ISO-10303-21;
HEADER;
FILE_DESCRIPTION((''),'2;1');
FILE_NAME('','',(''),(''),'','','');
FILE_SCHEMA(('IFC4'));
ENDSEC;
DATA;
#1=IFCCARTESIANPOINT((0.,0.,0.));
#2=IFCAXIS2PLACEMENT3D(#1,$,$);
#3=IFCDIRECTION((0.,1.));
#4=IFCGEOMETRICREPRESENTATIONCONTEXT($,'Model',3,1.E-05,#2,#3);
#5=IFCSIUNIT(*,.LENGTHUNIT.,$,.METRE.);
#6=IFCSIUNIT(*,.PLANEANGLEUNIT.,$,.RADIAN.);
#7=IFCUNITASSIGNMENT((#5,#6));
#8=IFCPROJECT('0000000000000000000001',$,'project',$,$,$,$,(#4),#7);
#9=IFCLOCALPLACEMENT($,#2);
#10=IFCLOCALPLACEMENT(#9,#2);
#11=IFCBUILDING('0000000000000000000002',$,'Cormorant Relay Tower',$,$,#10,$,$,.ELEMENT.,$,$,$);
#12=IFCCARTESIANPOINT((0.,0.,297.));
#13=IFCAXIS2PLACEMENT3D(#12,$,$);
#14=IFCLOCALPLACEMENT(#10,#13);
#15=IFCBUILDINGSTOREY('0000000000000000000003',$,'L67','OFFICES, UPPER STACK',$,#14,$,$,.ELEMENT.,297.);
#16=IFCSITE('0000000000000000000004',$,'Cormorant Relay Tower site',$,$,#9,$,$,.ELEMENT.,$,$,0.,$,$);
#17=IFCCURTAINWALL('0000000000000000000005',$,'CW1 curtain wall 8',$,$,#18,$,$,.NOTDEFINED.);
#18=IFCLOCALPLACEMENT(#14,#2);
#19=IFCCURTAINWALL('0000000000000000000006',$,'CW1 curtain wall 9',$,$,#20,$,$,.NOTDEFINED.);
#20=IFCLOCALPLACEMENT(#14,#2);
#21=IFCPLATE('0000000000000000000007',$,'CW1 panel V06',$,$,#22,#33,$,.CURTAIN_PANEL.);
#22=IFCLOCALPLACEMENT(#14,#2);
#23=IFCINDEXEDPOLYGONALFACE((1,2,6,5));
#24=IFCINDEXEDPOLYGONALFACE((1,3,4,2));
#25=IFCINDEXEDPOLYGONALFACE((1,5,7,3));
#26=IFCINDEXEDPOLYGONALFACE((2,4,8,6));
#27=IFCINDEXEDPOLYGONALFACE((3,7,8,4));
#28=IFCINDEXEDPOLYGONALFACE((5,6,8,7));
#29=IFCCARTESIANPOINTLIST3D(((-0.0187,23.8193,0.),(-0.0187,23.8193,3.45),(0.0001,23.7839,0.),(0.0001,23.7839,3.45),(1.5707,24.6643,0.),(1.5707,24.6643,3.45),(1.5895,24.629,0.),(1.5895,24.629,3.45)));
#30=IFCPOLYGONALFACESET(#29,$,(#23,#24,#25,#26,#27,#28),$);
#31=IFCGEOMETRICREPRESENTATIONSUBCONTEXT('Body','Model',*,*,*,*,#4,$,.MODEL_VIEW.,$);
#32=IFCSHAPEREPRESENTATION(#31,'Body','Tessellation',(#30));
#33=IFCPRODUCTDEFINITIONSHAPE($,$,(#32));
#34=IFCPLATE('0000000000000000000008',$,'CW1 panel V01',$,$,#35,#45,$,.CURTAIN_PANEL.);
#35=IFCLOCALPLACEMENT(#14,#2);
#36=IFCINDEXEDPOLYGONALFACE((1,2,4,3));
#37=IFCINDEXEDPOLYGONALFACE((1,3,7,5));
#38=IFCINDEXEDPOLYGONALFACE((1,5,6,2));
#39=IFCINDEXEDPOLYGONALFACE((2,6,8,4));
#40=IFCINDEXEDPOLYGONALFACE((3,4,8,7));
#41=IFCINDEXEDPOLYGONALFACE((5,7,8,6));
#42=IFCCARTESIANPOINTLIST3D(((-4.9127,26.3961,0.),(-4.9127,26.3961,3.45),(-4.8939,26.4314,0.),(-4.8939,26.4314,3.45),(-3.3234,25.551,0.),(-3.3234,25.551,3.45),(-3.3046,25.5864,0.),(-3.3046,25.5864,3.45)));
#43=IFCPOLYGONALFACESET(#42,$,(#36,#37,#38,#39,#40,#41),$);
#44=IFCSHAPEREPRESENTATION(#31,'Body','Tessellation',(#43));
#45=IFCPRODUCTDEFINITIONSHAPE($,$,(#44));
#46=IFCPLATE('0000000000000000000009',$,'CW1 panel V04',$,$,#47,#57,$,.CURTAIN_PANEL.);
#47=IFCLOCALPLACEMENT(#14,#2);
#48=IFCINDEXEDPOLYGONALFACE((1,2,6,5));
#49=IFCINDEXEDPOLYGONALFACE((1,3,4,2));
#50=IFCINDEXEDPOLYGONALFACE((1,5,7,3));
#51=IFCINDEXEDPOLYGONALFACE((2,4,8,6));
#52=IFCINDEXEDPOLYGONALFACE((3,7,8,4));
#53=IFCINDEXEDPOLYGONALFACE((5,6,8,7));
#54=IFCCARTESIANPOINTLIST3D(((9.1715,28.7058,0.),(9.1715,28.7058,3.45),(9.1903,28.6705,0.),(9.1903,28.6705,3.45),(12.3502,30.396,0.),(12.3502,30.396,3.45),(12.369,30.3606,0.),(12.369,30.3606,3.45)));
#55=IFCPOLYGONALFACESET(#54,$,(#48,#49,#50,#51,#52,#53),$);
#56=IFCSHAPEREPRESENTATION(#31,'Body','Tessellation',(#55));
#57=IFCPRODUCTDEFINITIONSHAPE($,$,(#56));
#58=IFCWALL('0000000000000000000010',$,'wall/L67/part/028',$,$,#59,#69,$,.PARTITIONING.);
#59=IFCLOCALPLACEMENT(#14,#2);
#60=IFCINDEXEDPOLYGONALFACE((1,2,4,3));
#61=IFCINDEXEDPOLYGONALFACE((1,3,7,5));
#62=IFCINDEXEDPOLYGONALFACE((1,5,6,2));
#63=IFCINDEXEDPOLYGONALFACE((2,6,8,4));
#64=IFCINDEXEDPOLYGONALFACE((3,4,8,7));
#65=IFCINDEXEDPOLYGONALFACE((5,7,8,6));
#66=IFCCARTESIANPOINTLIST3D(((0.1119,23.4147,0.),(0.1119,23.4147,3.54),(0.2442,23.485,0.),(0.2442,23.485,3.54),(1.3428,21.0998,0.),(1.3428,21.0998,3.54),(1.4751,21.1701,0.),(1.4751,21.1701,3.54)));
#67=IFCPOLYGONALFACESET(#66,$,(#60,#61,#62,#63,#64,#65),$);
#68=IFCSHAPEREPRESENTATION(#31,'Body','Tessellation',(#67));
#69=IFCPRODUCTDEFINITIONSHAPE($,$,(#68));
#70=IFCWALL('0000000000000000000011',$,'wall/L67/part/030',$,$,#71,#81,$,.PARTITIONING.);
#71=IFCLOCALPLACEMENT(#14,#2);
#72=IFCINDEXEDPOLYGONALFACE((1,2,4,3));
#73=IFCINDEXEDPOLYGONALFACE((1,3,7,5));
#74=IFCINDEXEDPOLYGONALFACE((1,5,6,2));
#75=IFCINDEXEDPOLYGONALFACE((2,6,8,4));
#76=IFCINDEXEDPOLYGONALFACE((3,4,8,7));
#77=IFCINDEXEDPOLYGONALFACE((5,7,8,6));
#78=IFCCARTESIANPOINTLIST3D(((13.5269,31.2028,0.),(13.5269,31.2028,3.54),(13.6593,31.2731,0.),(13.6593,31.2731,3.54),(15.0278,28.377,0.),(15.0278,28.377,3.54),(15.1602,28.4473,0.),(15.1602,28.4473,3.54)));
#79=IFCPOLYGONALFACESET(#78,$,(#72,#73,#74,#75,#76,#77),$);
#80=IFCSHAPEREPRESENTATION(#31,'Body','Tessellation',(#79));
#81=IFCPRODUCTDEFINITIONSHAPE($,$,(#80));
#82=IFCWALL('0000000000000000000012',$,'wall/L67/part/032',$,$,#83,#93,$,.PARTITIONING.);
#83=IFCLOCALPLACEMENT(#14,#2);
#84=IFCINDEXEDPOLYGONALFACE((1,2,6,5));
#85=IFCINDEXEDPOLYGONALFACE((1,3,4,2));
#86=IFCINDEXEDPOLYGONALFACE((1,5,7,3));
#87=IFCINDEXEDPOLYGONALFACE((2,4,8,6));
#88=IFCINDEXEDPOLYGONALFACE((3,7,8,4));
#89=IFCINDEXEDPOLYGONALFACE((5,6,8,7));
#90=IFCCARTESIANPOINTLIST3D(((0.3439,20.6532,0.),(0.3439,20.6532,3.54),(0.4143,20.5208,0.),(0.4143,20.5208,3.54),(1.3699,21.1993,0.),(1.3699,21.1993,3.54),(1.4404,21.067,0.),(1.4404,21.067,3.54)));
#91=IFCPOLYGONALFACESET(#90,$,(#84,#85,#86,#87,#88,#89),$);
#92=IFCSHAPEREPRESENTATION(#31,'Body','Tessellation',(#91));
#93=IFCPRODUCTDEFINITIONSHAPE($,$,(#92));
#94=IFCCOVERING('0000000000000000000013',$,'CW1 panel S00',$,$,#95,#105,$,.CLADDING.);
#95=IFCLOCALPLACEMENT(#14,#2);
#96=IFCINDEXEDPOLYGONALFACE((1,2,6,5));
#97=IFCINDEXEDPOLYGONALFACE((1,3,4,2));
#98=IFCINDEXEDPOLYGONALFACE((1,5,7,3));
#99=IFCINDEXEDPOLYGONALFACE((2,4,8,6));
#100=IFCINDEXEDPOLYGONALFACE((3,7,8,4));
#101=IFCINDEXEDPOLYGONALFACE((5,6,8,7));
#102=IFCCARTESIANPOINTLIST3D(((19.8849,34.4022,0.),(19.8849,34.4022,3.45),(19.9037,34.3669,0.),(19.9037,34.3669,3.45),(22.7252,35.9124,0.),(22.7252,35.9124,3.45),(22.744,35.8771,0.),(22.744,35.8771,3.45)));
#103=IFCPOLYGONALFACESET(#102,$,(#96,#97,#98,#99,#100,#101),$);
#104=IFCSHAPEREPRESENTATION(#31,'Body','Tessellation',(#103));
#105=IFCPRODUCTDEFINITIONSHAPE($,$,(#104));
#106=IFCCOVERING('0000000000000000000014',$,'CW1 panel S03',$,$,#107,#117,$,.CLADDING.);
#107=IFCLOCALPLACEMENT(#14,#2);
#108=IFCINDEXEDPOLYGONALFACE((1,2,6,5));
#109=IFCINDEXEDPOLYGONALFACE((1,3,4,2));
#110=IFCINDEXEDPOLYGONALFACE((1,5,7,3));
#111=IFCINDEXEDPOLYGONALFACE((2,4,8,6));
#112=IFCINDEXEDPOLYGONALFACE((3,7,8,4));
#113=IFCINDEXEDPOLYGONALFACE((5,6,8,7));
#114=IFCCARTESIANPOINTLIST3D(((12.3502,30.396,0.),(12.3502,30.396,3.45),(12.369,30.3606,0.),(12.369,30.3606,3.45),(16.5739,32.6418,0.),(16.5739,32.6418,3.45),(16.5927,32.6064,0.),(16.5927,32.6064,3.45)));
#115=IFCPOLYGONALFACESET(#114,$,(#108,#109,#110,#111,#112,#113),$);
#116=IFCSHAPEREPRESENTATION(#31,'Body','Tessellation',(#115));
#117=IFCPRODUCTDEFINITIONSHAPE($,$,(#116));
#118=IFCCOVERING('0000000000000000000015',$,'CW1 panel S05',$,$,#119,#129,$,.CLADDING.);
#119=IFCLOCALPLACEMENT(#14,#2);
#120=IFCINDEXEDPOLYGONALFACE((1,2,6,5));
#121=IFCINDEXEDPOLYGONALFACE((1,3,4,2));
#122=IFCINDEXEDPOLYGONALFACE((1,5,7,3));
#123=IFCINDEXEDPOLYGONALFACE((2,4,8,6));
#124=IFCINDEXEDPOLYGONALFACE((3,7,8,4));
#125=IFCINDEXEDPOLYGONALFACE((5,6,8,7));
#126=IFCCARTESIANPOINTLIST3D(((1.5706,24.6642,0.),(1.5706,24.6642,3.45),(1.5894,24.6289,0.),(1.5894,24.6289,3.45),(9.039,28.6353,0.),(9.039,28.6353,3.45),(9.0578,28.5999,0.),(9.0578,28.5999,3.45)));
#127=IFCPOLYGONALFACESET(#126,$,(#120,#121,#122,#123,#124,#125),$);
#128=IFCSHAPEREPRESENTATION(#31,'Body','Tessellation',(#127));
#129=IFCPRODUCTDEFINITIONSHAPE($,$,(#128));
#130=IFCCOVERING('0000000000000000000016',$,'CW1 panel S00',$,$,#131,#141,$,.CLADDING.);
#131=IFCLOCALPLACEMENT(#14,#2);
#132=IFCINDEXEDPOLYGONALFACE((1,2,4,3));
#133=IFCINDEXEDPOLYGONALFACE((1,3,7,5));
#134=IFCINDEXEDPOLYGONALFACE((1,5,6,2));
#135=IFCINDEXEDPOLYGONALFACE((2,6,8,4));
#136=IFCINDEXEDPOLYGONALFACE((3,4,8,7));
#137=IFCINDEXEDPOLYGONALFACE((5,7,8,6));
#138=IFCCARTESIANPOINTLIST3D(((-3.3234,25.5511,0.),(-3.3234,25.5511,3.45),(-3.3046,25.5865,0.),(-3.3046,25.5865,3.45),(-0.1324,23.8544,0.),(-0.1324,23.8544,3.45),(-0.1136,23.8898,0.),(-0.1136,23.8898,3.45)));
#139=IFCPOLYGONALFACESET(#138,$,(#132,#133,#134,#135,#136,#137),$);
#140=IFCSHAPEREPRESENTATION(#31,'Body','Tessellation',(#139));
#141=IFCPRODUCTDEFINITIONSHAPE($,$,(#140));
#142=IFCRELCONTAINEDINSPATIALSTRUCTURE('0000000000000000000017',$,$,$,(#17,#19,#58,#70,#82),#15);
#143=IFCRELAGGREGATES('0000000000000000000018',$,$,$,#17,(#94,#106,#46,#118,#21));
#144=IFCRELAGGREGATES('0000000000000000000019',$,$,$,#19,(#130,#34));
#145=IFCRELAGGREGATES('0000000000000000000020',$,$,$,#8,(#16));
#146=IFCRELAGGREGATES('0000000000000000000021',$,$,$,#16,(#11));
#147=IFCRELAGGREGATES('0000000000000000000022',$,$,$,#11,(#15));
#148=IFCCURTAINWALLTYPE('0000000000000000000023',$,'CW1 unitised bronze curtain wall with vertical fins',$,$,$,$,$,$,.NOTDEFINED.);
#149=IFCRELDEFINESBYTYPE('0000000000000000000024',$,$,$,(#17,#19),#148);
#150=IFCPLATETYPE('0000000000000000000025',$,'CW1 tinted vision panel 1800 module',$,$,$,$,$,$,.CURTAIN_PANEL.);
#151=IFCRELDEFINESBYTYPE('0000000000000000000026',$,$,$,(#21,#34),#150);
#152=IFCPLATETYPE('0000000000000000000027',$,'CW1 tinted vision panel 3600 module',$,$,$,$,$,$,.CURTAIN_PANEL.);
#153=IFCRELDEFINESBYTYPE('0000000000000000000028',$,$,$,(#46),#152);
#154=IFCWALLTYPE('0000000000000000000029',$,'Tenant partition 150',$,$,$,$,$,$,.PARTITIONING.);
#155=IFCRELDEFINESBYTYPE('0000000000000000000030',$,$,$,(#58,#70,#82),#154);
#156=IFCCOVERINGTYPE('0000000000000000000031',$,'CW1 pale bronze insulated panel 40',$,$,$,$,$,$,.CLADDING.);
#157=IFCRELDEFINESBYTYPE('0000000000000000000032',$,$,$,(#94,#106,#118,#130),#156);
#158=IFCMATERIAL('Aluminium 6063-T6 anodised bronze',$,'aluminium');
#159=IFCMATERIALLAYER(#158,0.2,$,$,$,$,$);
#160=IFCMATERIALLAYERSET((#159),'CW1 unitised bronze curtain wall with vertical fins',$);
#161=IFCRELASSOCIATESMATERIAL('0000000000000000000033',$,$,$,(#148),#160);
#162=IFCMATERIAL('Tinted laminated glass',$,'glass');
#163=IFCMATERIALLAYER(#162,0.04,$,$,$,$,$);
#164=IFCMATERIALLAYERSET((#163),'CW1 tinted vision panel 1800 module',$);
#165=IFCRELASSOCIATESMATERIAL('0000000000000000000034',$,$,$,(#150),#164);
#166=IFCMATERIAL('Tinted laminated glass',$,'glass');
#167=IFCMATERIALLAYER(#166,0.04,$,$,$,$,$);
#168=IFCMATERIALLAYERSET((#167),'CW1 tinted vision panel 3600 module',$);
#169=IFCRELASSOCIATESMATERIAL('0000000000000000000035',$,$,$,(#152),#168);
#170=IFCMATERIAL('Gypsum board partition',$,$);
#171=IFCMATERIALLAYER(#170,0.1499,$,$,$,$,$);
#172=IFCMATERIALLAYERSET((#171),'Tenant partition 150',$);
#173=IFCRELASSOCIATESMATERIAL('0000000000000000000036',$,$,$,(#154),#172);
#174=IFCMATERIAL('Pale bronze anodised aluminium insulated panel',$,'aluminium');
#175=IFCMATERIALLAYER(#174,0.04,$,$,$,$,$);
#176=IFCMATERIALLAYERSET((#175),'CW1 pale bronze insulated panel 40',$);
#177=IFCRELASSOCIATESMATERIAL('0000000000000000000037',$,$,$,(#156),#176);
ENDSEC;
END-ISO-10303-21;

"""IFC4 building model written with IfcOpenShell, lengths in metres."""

from ifc_helpers import new_model, si_unit, direction, frame, frame_2d, origin, origin_2d, place, context, subcontext, project, spatial, rectangle, extrude, material, layer, layer_set, type_object, element, aggregate, save


model = new_model("IFC4")

# Units and contexts
model_context = context("Model", 3, precision=1e-05, world=origin(), true_north=direction((0.0, 1.0)))
body_context = subcontext(model_context, "Body", "Model", "MODEL_VIEW")
ifc_project = project(units=[si_unit("LENGTHUNIT", "METRE"), si_unit("PLANEANGLEUNIT", "RADIAN")], contexts=[model_context])

# Site, building, storey
site_placement = place(None, origin())
site = spatial("IfcSite", under=ifc_project, at=site_placement, Name="Cormorant Relay Tower site", CompositionType="ELEMENT", RefElevation=0.0)
building_placement = place(site_placement, origin())
building = spatial("IfcBuilding", under=site, at=building_placement, Name="Cormorant Relay Tower", CompositionType="ELEMENT")
storey_placement = place(building_placement, frame((0.0, 0.0, 297.0)))
storey = spatial("IfcBuildingStorey", under=building, at=storey_placement, Name="L67", Description="OFFICES, UPPER STACK", CompositionType="ELEMENT", Elevation=297.0)

# Curtain wall
ifc_material_1 = material(Name="Aluminium 6063-T6 anodised bronze", Category="aluminium")
ifc_layer_1 = layer(ifc_material_1, 0.2)
ifc_layer_set_1 = layer_set([ifc_layer_1], Name="CW1 unitised bronze curtain wall with vertical fins")
curtain_wall_type = type_object("IfcCurtainWallType", Name="CW1 unitised bronze curtain wall with vertical fins", PredefinedType="NOTDEFINED", material=ifc_layer_set_1)
curtain_wall_1_placement = place(storey_placement, origin())
curtain_wall_1 = element("IfcCurtainWall", 1, at=curtain_wall_1_placement, inside=storey, type_object=curtain_wall_type, Name="CW1 curtain wall 8", PredefinedType="NOTDEFINED")

# Curtain wall
curtain_wall_2_placement = place(storey_placement, origin())
curtain_wall_2 = element("IfcCurtainWall", 2, at=curtain_wall_2_placement, inside=storey, type_object=curtain_wall_type, Name="CW1 curtain wall 9", PredefinedType="NOTDEFINED")

# Plates
ifc_material_2 = material(Name="Tinted laminated glass", Category="glass")
ifc_layer_2 = layer(ifc_material_2, 0.04)
ifc_layer_set_2 = layer_set([ifc_layer_2], Name="CW1 tinted vision panel 1800 module")
plate_type_1 = type_object("IfcPlateType", Name="CW1 tinted vision panel 1800 module", PredefinedType="CURTAIN_PANEL", material=ifc_layer_set_2)
plate_1_placement = place(storey_placement, frame((0.7854, 24.2241, 0.0), z_axis=(0.0, 0.0, 1.0), x_axis=(-0.882948, -0.469472, 0.0)))
plate_1 = element("IfcPlate", 3, at=plate_1_placement, type_object=plate_type_1, Name="CW1 panel V06", PredefinedType="CURTAIN_PANEL", context=body_context, shape_type="SweptSolid", body=[
    extrude(rectangle(XDim=1.8, YDim=0.04, at=origin_2d()), origin(), (0.0, 0.0, 1.0), 3.45),
])
plate_2_placement = place(storey_placement, frame((-4.1086, 25.9912, 0.0), z_axis=(0.0, 0.0, 1.0), x_axis=(-0.882948, 0.469472, 0.0)))
plate_2 = element("IfcPlate", 4, at=plate_2_placement, type_object=plate_type_1, Name="CW1 panel V01", PredefinedType="CURTAIN_PANEL", context=body_context, shape_type="SweptSolid", body=[
    extrude(rectangle(XDim=1.8, YDim=0.04, at=origin_2d()), origin(), (0.0, 0.0, 1.0), 3.45),
])
ifc_material_3 = material(Name="Tinted laminated glass", Category="glass")
ifc_layer_3 = layer(ifc_material_3, 0.04)
ifc_layer_set_3 = layer_set([ifc_layer_3], Name="CW1 tinted vision panel 3600 module")
plate_type_2 = type_object("IfcPlateType", Name="CW1 tinted vision panel 3600 module", PredefinedType="CURTAIN_PANEL", material=ifc_layer_set_3)
plate_3_placement = place(storey_placement, frame((10.7703, 29.5332, 0.0), z_axis=(0.0, 0.0, 1.0), x_axis=(-0.882948, -0.469472, 0.0)))
plate_3 = element("IfcPlate", 5, at=plate_3_placement, type_object=plate_type_2, Name="CW1 panel V04", PredefinedType="CURTAIN_PANEL", context=body_context, shape_type="SweptSolid", body=[
    extrude(rectangle(XDim=3.6001, YDim=0.04, at=origin_2d()), origin(), (0.0, 0.0, 1.0), 3.45),
])

# Walls
ifc_material_4 = material(Name="Gypsum board partition")
ifc_layer_4 = layer(ifc_material_4, 0.1499)
ifc_layer_set_4 = layer_set([ifc_layer_4], Name="Tenant partition 150")
wall_type = type_object("IfcWallType", Name="Tenant partition 150", PredefinedType="PARTITIONING", material=ifc_layer_set_4)
wall_1_placement = place(storey_placement, frame((0.178, 23.45, 0.0), z_axis=(0.0, 0.0, 1.0), x_axis=(0.469496, -0.882935, 0.0)))
element("IfcWall", 6, at=wall_1_placement, inside=storey, type_object=wall_type, Name="wall/L67/part/028", PredefinedType="PARTITIONING", context=body_context, shape_type="SweptSolid", body=[
    extrude(rectangle(XDim=2.6218, YDim=0.1499, at=frame_2d((1.311, 0.0))), origin(), (0.0, 0.0, 1.0), 3.54),
])
wall_2_placement = place(storey_placement, frame((15.094, 28.4121, 0.0), z_axis=(0.0, 0.0, 1.0), x_axis=(-0.469083, 0.883154, 0.0)))
element("IfcWall", 7, at=wall_2_placement, inside=storey, type_object=wall_type, Name="wall/L67/part/030", PredefinedType="PARTITIONING", context=body_context, shape_type="SweptSolid", body=[
    extrude(rectangle(XDim=3.1997, YDim=0.1499, at=frame_2d((1.5999, 0.0))), origin(), (0.0, 0.0, 1.0), 3.54),
])
wall_3_placement = place(storey_placement, frame((1.405, 21.1331, 0.0), z_axis=(0.0, 0.0, 1.0), x_axis=(-0.882754, -0.469836, 0.0)))
element("IfcWall", 8, at=wall_3_placement, inside=storey, type_object=wall_type, Name="wall/L67/part/032", PredefinedType="PARTITIONING", context=body_context, shape_type="SweptSolid", body=[
    extrude(rectangle(XDim=1.1624, YDim=0.1499, at=frame_2d((0.5811, 0.0))), origin(), (0.0, 0.0, 1.0), 3.54),
])

# Coverings
ifc_material_5 = material(Name="Pale bronze anodised aluminium insulated panel", Category="aluminium")
ifc_layer_5 = layer(ifc_material_5, 0.04)
ifc_layer_set_5 = layer_set([ifc_layer_5], Name="CW1 pale bronze insulated panel 40")
covering_type = type_object("IfcCoveringType", Name="CW1 pale bronze insulated panel 40", PredefinedType="CLADDING", material=ifc_layer_set_5)
covering_1_placement = place(storey_placement, frame((21.3145, 35.1396, 0.0), z_axis=(0.0, 0.0, 1.0), x_axis=(-0.882948, -0.469472, 0.0)))
covering_1 = element("IfcCovering", 9, at=covering_1_placement, type_object=covering_type, Name="CW1 panel S00", PredefinedType="CLADDING", context=body_context, shape_type="SweptSolid", body=[
    extrude(rectangle(XDim=3.2168, YDim=0.04, at=origin_2d()), origin(), (0.0, 0.0, 1.0), 3.45),
])
covering_2_placement = place(storey_placement, frame((14.4714, 31.5012, 0.0), z_axis=(0.0, 0.0, 1.0), x_axis=(-0.882948, -0.469472, 0.0)))
covering_2 = element("IfcCovering", 10, at=covering_2_placement, type_object=covering_type, Name="CW1 panel S03", PredefinedType="CLADDING", context=body_context, shape_type="SweptSolid", body=[
    extrude(rectangle(XDim=4.7837, YDim=0.04, at=origin_2d()), origin(), (0.0, 0.0, 1.0), 3.45),
])
covering_3_placement = place(storey_placement, frame((5.3142, 26.6321, 0.0), z_axis=(0.0, 0.0, 1.0), x_axis=(-0.882948, -0.469472, 0.0)))
covering_3 = element("IfcCovering", 11, at=covering_3_placement, type_object=covering_type, Name="CW1 panel S05", PredefinedType="CLADDING", context=body_context, shape_type="SweptSolid", body=[
    extrude(rectangle(XDim=8.4585, YDim=0.04, at=origin_2d()), origin(), (0.0, 0.0, 1.0), 3.45),
])
aggregate(curtain_wall_1, [covering_1, covering_2, plate_3, covering_3, plate_1])
covering_4_placement = place(storey_placement, frame((-1.7185, 24.7205, 0.0), z_axis=(0.0, 0.0, 1.0), x_axis=(-0.882948, 0.469472, 0.0)))
covering_4 = element("IfcCovering", 12, at=covering_4_placement, type_object=covering_type, Name="CW1 panel S00", PredefinedType="CLADDING", context=body_context, shape_type="SweptSolid", body=[
    extrude(rectangle(XDim=3.614, YDim=0.04, at=origin_2d()), origin(), (0.0, 0.0, 1.0), 3.45),
])
aggregate(curtain_wall_2, [covering_4, plate_2])

save(model, "model.ifc")
